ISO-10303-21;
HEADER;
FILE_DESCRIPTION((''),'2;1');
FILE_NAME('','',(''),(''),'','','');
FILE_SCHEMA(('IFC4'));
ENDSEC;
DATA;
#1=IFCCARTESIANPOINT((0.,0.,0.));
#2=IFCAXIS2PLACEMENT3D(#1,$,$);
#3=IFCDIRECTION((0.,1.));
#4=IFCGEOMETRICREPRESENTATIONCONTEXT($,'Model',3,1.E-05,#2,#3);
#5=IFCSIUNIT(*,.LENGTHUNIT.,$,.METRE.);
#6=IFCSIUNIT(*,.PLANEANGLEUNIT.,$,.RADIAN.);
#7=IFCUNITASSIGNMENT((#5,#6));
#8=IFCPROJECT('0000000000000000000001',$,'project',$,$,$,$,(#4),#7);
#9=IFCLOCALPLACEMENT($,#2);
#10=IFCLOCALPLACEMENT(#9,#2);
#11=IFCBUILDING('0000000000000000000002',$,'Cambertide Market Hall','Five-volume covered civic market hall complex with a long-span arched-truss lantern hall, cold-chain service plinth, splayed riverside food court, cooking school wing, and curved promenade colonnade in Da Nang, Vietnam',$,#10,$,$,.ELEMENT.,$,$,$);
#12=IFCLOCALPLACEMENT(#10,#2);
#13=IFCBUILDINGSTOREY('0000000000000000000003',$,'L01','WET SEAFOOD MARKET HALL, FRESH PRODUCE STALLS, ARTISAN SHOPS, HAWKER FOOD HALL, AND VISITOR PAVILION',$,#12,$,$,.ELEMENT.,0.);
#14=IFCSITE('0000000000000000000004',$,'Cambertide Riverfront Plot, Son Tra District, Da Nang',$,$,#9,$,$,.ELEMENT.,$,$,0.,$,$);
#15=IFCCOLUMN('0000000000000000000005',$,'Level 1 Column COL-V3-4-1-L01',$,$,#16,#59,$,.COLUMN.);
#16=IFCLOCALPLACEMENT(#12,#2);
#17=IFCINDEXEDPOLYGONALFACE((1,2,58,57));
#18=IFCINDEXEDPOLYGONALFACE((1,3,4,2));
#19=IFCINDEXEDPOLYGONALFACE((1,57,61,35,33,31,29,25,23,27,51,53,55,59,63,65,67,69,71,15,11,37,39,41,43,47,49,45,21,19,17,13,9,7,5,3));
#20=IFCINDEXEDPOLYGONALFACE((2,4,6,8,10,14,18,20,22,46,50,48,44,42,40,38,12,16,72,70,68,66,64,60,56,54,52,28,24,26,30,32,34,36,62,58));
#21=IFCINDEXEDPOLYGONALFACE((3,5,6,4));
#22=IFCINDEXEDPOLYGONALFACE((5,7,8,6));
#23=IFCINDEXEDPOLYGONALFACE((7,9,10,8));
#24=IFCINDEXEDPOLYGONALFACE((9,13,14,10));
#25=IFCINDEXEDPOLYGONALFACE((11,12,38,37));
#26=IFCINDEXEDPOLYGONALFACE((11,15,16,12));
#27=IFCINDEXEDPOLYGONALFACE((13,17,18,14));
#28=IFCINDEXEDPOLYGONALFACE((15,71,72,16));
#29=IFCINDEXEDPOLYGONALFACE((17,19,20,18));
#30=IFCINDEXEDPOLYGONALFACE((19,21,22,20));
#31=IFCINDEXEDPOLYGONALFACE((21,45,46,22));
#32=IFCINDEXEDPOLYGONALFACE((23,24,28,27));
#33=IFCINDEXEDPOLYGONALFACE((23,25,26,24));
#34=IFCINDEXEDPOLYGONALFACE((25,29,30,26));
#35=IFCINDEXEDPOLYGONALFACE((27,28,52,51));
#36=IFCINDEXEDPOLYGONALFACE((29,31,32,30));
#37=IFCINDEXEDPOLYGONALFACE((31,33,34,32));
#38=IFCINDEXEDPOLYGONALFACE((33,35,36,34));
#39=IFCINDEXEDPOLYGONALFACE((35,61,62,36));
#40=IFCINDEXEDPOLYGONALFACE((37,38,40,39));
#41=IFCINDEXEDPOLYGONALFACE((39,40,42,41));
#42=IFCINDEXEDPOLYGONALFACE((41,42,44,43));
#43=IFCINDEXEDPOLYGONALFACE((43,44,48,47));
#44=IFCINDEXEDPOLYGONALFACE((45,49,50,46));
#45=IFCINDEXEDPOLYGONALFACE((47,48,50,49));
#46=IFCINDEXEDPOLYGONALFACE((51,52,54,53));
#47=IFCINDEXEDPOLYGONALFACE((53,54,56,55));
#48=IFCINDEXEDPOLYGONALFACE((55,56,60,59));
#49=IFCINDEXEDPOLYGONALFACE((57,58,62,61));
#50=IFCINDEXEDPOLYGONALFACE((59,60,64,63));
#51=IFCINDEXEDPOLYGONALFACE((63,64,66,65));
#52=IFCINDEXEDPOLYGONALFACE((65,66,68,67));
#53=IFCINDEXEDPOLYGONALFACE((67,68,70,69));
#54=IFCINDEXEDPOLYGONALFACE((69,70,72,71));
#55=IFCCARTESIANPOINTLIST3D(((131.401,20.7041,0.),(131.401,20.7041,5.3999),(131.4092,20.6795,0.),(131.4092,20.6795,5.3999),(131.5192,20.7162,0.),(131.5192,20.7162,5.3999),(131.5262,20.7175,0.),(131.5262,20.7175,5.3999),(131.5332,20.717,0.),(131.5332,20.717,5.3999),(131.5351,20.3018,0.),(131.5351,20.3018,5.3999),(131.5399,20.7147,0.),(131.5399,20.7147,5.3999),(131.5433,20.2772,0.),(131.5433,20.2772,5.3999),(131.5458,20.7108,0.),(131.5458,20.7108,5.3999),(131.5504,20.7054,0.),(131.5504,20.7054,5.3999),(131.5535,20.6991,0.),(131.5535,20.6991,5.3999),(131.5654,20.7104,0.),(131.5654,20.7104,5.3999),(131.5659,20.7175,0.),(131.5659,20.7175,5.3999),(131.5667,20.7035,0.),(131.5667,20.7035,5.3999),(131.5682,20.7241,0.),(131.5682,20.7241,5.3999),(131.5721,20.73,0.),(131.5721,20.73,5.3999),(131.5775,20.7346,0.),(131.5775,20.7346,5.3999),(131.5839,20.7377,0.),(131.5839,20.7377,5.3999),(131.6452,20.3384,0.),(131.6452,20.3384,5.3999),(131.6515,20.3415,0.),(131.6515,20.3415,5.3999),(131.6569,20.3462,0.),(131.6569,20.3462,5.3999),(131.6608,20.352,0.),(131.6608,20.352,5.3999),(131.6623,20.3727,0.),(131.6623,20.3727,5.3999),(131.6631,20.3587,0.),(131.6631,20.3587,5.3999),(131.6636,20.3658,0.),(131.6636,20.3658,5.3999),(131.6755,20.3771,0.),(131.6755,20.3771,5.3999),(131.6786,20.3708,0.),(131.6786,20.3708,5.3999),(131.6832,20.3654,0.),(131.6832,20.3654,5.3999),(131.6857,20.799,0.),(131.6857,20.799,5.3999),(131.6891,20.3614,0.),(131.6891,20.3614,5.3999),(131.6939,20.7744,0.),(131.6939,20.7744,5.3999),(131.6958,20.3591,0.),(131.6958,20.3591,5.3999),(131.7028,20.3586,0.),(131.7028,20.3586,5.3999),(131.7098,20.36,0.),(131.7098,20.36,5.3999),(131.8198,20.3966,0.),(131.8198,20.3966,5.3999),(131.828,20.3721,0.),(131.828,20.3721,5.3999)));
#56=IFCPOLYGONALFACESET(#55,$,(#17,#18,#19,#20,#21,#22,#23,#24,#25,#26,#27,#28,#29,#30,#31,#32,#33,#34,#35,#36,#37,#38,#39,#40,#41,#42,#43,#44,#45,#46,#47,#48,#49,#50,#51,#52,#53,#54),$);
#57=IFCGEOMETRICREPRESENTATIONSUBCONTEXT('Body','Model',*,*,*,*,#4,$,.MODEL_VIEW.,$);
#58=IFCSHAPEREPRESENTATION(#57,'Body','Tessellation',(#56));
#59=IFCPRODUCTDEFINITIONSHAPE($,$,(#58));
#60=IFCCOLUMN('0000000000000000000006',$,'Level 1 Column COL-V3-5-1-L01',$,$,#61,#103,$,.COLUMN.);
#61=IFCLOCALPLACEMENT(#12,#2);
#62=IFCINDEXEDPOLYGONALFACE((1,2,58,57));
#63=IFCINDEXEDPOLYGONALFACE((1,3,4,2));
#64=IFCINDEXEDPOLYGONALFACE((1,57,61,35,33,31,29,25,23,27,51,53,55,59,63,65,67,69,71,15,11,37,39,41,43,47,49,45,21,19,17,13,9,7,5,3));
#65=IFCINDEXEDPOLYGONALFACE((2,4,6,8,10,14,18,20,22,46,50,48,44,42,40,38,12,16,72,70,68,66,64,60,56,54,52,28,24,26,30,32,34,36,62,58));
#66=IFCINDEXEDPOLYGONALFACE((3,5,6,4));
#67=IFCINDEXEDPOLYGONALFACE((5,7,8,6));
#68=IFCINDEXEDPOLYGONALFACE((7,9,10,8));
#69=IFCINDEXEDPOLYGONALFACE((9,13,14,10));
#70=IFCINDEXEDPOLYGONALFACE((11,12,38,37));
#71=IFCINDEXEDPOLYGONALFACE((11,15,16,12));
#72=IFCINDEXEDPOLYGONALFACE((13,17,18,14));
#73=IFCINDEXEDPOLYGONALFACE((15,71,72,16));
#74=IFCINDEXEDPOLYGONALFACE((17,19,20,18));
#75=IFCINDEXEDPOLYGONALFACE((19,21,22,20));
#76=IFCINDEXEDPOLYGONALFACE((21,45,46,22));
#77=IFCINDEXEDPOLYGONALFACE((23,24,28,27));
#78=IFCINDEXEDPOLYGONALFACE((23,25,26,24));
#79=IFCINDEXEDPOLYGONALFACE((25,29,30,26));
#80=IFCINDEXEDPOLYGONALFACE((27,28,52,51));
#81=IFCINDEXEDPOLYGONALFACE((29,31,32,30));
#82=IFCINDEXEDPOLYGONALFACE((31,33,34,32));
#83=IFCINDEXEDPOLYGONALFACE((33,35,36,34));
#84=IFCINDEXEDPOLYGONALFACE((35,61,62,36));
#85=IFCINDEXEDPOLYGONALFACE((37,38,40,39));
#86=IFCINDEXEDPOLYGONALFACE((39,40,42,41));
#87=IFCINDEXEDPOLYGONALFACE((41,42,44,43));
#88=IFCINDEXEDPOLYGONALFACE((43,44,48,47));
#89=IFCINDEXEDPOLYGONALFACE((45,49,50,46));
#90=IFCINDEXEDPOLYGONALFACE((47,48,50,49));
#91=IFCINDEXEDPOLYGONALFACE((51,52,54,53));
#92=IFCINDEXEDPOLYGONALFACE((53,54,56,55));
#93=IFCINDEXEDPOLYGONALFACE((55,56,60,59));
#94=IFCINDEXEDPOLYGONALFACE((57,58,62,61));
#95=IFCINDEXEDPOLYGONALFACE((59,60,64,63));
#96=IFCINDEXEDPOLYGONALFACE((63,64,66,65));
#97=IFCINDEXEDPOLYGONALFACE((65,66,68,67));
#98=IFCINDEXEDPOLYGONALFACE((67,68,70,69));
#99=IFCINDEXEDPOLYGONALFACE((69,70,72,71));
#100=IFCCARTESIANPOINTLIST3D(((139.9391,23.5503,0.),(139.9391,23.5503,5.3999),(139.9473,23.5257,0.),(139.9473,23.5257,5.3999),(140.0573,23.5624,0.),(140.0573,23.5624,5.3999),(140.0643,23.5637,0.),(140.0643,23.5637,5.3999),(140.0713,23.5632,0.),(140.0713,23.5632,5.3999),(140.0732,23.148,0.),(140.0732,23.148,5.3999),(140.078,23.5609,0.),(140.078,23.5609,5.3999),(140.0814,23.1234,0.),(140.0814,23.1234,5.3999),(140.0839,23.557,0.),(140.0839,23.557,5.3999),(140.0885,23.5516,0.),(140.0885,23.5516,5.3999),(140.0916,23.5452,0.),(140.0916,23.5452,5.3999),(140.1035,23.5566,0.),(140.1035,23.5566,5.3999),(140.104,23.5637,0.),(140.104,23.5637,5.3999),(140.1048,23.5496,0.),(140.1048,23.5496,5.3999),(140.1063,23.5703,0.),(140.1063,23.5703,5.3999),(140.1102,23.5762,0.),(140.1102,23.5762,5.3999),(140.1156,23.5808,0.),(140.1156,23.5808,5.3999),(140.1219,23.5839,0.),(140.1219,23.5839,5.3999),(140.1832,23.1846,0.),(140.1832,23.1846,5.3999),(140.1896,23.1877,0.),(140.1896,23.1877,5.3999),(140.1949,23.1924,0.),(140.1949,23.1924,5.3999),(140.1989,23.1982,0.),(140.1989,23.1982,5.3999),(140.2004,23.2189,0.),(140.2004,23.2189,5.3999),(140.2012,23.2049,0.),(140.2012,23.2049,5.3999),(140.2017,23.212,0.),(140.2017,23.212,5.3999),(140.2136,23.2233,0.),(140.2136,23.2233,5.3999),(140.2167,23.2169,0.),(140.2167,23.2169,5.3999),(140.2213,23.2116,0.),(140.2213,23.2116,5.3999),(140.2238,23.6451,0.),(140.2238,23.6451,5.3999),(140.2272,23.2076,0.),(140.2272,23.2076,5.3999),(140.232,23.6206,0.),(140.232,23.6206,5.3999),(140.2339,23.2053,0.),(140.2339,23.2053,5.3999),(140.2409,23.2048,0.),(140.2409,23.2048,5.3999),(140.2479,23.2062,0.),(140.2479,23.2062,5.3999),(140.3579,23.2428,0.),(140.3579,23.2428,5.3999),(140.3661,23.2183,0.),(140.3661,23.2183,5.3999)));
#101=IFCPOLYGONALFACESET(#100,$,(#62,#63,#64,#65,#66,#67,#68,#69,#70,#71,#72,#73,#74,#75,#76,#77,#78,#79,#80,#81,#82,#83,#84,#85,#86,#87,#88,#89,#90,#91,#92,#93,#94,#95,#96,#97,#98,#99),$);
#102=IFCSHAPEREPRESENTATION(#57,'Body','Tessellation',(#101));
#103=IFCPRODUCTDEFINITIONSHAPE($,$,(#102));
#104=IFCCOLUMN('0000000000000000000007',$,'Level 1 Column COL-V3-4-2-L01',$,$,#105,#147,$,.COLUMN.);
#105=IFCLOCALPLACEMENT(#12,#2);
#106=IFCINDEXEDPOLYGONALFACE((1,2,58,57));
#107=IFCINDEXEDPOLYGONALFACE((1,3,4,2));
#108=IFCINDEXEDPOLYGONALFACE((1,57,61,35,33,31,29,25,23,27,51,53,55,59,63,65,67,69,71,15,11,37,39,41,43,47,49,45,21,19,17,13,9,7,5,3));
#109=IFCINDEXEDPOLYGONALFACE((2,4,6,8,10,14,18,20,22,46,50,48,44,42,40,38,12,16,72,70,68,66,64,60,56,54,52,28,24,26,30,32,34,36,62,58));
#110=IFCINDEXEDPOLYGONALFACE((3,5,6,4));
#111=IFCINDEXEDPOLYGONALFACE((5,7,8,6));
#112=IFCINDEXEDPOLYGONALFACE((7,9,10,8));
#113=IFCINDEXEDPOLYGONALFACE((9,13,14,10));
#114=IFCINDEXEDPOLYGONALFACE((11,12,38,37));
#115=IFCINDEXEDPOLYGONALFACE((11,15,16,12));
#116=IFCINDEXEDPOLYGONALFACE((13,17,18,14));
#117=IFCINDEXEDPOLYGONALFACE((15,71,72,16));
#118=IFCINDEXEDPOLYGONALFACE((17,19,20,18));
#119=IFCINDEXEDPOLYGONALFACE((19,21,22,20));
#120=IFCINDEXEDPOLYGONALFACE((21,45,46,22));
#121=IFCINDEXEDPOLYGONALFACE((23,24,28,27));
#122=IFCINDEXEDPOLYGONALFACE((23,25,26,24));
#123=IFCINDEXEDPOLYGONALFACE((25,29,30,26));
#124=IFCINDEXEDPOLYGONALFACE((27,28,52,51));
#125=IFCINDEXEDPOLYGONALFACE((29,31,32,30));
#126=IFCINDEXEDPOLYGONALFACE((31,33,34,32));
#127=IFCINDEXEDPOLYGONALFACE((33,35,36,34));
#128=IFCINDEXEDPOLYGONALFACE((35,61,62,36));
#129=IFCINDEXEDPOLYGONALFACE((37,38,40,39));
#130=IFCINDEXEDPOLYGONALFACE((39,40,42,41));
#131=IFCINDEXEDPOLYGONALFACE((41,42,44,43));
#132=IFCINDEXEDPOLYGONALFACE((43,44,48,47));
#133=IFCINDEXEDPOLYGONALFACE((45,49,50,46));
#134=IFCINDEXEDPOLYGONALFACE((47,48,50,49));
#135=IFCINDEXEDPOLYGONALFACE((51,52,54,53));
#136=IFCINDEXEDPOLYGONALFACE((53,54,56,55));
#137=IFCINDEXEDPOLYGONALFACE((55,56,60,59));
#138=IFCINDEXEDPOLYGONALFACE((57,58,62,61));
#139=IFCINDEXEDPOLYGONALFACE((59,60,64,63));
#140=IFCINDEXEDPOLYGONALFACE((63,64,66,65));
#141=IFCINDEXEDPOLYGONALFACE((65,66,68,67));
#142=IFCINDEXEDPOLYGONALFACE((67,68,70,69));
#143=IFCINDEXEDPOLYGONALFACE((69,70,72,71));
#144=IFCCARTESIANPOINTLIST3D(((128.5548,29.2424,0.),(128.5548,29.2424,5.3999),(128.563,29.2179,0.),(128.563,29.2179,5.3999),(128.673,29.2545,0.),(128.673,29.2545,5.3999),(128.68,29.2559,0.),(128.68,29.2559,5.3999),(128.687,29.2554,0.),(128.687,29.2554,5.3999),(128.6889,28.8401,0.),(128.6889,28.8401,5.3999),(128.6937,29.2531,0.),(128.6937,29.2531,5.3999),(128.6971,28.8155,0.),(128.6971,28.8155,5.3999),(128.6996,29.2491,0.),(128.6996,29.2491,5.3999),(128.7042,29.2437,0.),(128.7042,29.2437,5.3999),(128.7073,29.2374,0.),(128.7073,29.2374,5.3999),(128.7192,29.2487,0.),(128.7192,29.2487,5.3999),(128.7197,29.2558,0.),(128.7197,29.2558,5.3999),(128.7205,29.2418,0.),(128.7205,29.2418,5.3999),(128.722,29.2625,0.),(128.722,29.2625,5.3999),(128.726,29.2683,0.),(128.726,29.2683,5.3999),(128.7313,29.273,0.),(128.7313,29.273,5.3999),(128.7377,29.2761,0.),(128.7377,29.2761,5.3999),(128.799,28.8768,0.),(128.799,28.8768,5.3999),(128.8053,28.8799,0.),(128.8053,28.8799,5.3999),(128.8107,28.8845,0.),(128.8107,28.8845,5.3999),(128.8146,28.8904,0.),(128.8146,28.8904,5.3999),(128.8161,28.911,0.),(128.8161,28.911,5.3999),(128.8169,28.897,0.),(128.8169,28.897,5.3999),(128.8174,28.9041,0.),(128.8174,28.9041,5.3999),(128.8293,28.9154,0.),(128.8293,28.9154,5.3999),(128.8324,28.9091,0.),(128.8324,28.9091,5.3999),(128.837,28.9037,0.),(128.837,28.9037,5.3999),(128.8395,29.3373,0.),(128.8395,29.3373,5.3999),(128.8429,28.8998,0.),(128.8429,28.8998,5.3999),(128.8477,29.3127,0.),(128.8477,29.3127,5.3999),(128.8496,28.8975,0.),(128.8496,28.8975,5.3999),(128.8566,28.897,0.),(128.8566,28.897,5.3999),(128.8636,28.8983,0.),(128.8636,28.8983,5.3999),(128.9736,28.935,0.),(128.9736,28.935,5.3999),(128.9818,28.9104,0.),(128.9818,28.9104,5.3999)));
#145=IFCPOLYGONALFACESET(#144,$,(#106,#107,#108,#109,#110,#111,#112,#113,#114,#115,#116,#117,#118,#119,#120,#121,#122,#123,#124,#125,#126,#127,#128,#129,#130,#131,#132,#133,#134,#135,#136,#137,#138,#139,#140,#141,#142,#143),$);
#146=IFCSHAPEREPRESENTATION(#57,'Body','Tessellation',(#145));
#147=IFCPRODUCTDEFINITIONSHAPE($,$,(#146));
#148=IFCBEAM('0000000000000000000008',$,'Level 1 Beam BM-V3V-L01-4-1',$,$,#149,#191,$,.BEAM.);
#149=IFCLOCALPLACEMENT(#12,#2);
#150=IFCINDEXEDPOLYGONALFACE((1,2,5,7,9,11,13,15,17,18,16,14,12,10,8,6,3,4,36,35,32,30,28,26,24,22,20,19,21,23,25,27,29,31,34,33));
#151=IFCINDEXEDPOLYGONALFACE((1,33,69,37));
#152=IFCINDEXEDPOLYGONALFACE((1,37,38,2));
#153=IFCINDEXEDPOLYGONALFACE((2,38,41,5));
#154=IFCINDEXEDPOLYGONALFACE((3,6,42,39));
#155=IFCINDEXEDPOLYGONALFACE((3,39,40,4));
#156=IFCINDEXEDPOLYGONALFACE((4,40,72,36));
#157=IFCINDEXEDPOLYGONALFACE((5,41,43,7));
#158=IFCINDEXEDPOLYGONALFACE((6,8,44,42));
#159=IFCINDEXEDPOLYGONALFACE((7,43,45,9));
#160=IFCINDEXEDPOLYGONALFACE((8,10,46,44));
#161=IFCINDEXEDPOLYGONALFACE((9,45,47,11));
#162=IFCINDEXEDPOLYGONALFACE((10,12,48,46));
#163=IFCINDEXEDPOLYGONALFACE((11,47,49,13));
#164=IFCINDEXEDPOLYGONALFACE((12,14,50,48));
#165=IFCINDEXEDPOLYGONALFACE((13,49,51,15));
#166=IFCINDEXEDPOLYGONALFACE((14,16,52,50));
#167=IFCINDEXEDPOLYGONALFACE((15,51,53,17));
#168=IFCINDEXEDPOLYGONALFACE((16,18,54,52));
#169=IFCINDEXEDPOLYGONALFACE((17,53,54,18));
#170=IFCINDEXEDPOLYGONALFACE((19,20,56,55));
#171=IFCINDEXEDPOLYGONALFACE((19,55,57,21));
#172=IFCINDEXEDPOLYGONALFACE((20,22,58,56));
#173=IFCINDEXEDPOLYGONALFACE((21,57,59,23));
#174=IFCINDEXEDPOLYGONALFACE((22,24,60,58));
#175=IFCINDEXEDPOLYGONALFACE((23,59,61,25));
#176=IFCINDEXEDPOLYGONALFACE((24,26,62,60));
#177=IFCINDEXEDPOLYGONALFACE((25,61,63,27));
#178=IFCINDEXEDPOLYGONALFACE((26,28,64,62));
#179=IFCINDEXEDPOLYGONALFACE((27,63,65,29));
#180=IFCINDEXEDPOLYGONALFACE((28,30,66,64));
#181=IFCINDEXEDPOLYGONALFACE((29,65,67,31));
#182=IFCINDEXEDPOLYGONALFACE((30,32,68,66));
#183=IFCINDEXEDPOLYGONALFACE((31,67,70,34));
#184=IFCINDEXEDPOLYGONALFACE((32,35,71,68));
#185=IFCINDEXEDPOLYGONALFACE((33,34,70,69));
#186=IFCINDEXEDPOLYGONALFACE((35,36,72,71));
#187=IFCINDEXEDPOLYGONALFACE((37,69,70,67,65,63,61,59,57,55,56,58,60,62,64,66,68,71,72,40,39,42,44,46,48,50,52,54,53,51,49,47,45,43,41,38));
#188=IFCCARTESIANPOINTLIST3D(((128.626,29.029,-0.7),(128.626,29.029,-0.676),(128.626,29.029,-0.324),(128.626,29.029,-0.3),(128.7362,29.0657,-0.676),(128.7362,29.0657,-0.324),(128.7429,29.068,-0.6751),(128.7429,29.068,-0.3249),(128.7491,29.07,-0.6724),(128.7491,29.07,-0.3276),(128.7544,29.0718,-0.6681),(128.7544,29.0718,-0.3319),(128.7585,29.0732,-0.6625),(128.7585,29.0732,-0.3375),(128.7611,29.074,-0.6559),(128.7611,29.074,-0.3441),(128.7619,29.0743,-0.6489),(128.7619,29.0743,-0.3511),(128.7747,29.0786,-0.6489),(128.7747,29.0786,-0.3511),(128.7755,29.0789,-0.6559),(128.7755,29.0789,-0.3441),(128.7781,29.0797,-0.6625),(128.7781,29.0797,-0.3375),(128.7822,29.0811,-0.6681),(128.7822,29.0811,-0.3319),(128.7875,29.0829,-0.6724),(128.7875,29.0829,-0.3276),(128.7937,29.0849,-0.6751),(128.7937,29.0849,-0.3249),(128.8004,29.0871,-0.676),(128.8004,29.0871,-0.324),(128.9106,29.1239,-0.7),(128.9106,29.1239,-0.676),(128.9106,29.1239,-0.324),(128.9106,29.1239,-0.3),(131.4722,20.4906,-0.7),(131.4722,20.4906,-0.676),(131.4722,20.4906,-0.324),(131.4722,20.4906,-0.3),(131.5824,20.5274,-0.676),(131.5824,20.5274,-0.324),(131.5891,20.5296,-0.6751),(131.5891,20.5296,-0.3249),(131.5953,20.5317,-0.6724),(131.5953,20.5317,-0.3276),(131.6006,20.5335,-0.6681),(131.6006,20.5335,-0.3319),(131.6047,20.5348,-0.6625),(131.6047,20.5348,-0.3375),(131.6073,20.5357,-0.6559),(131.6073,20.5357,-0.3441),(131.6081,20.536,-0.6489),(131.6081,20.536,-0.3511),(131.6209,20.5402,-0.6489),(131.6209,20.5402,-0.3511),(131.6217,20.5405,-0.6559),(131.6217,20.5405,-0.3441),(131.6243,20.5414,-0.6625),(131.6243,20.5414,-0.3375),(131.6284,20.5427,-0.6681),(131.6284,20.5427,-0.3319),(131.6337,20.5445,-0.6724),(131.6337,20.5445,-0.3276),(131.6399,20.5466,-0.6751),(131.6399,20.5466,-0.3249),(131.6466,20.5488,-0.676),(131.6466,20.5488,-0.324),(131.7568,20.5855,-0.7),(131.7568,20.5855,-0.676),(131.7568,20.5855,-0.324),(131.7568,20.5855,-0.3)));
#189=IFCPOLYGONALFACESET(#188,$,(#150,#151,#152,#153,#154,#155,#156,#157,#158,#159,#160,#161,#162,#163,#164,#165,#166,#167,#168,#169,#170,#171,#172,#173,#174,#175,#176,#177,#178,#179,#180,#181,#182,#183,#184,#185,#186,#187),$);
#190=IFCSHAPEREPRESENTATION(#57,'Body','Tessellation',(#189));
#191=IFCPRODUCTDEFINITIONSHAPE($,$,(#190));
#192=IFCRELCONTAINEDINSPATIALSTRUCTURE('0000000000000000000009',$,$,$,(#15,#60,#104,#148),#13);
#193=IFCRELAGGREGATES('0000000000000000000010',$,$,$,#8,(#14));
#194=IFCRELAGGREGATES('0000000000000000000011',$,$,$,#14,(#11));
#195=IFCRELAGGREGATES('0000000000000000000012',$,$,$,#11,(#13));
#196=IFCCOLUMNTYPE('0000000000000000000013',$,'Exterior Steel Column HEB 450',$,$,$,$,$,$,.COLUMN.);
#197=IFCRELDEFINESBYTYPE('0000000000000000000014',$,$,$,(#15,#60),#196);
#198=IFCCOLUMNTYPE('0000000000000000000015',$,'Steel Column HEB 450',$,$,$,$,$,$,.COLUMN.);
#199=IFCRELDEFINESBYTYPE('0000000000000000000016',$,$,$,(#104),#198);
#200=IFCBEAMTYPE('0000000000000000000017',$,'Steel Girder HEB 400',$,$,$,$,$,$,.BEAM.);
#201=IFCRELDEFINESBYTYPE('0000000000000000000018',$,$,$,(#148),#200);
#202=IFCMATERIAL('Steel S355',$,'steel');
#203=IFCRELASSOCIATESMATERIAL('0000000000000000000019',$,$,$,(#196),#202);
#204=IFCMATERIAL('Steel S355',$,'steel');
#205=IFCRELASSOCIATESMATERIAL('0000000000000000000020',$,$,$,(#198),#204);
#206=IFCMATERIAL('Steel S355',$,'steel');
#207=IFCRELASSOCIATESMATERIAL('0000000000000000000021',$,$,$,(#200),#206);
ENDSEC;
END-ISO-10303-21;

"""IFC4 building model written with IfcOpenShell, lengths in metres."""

from ifc_helpers import new_model, si_unit, direction, frame, origin, origin_2d, place, context, subcontext, project, spatial, i_section, extrude, material, material_profile, profile_set, type_object, element, save


model = new_model("IFC4")

# Units and contexts
model_context = context("Model", 3, precision=1e-05, world=origin(), true_north=direction((0.0, 1.0)))
body_context = subcontext(model_context, "Body", "Model", "MODEL_VIEW")
ifc_project = project(units=[si_unit("LENGTHUNIT", "METRE"), si_unit("PLANEANGLEUNIT", "RADIAN")], contexts=[model_context])

# Site, building, storey
site_placement = place(None, origin())
site = spatial("IfcSite", under=ifc_project, at=site_placement, Name="Cambertide Riverfront Plot, Son Tra District, Da Nang", CompositionType="ELEMENT", RefElevation=0.0)
building_placement = place(site_placement, origin())
building = spatial("IfcBuilding", under=site, at=building_placement, Name="Cambertide Market Hall", Description="Five-volume covered civic market hall complex with a long-span arched-truss lantern hall, cold-chain service plinth, splayed riverside food court, cooking school wing, and curved promenade colonnade in Da Nang, Vietnam", CompositionType="ELEMENT")
storey_placement = place(building_placement, origin())
storey = spatial("IfcBuildingStorey", under=building, at=storey_placement, Name="L01", Description="WET SEAFOOD MARKET HALL, FRESH PRODUCE STALLS, ARTISAN SHOPS, HAWKER FOOD HALL, AND VISITOR PAVILION", CompositionType="ELEMENT", Elevation=0.0)

# Columns
ifc_material_1 = material(Name="Steel S355", Category="steel")
ifc_material_profile_1 = material_profile(ifc_material_1, i_section(OverallWidth=0.3, OverallDepth=0.45, WebThickness=0.0139, FlangeThickness=0.0259, FilletRadius=0.0271, at=origin_2d()), Name="HEB 450")
ifc_profile_set_1 = profile_set([ifc_material_profile_1], Name="Steel S355")
column_type_1 = type_object("IfcColumnType", Name="Exterior Steel Column HEB 450", PredefinedType="COLUMN", material=ifc_profile_set_1)
for number, where, z_axis, x_axis, name in (
    (1, (131.6145, 20.5381, 0.0), (0.0, 0.0, 1.0), (0.948683, 0.316228, 0.0), "Level 1 Column COL-V3-4-1-L01"),
    (2, (140.1526, 23.3843, 0.0), (0.0, 0.0, 1.0), (0.948683, 0.316228, 0.0), "Level 1 Column COL-V3-5-1-L01"),
):
    element("IfcColumn", number, at=place(storey_placement, frame(where, z_axis=z_axis, x_axis=x_axis)), inside=storey, type_object=column_type_1, Name=name, PredefinedType="COLUMN", context=body_context, shape_type="SweptSolid", body=[
        extrude(i_section(OverallWidth=0.3, OverallDepth=0.45, WebThickness=0.0139, FlangeThickness=0.0259, FilletRadius=0.0271, at=origin_2d()), origin(), (0.0, 0.0, 1.0), 5.3999),
    ])
ifc_material_2 = material(Name="Steel S355", Category="steel")
ifc_material_profile_2 = material_profile(ifc_material_2, i_section(OverallWidth=0.3, OverallDepth=0.45, WebThickness=0.0139, FlangeThickness=0.0259, FilletRadius=0.0271, at=origin_2d()), Name="HEB 450")
ifc_profile_set_2 = profile_set([ifc_material_profile_2], Name="Steel S355")
column_type_2 = type_object("IfcColumnType", Name="Steel Column HEB 450", PredefinedType="COLUMN", material=ifc_profile_set_2)
column_placement = place(storey_placement, frame((128.7683, 29.0764, 0.0), z_axis=(0.0, 0.0, 1.0), x_axis=(0.948683, 0.316228, 0.0)))
element("IfcColumn", 3, at=column_placement, inside=storey, type_object=column_type_2, Name="Level 1 Column COL-V3-4-2-L01", PredefinedType="COLUMN", context=body_context, shape_type="SweptSolid", body=[
    extrude(i_section(OverallWidth=0.3, OverallDepth=0.45, WebThickness=0.0139, FlangeThickness=0.0259, FilletRadius=0.0271, at=origin_2d()), origin(), (0.0, 0.0, 1.0), 5.3999),
])

# Beam
ifc_material_3 = material(Name="Steel S355", Category="steel")
ifc_material_profile_3 = material_profile(ifc_material_3, i_section(OverallWidth=0.3, OverallDepth=0.3999, WebThickness=0.0134, FlangeThickness=0.0239, FilletRadius=0.0271, at=origin_2d()), Name="HEB 400")
ifc_profile_set_3 = profile_set([ifc_material_profile_3], Name="Steel S355")
beam_type_1 = type_object("IfcBeamType", Name="Steel Girder HEB 400", PredefinedType="BEAM", material=ifc_profile_set_3)
beam_1_placement = place(storey_placement, frame((131.6145, 20.5381, -0.5), z_axis=(-0.316236, 0.948681, 0.0), x_axis=(-0.948681, -0.316236, 0.0)))
element("IfcBeam", 4, at=beam_1_placement, inside=storey, type_object=beam_type_1, Name="Level 1 Beam BM-V3V-L01-4-1", PredefinedType="BEAM", context=body_context, shape_type="SweptSolid", body=[
    extrude(i_section(OverallWidth=0.3, OverallDepth=0.3999, WebThickness=0.0134, FlangeThickness=0.0239, FilletRadius=0.0271, at=origin_2d()), origin(), (0.0, 0.0, 1.0), 9.0002),
])

save(model, "model.ifc")
